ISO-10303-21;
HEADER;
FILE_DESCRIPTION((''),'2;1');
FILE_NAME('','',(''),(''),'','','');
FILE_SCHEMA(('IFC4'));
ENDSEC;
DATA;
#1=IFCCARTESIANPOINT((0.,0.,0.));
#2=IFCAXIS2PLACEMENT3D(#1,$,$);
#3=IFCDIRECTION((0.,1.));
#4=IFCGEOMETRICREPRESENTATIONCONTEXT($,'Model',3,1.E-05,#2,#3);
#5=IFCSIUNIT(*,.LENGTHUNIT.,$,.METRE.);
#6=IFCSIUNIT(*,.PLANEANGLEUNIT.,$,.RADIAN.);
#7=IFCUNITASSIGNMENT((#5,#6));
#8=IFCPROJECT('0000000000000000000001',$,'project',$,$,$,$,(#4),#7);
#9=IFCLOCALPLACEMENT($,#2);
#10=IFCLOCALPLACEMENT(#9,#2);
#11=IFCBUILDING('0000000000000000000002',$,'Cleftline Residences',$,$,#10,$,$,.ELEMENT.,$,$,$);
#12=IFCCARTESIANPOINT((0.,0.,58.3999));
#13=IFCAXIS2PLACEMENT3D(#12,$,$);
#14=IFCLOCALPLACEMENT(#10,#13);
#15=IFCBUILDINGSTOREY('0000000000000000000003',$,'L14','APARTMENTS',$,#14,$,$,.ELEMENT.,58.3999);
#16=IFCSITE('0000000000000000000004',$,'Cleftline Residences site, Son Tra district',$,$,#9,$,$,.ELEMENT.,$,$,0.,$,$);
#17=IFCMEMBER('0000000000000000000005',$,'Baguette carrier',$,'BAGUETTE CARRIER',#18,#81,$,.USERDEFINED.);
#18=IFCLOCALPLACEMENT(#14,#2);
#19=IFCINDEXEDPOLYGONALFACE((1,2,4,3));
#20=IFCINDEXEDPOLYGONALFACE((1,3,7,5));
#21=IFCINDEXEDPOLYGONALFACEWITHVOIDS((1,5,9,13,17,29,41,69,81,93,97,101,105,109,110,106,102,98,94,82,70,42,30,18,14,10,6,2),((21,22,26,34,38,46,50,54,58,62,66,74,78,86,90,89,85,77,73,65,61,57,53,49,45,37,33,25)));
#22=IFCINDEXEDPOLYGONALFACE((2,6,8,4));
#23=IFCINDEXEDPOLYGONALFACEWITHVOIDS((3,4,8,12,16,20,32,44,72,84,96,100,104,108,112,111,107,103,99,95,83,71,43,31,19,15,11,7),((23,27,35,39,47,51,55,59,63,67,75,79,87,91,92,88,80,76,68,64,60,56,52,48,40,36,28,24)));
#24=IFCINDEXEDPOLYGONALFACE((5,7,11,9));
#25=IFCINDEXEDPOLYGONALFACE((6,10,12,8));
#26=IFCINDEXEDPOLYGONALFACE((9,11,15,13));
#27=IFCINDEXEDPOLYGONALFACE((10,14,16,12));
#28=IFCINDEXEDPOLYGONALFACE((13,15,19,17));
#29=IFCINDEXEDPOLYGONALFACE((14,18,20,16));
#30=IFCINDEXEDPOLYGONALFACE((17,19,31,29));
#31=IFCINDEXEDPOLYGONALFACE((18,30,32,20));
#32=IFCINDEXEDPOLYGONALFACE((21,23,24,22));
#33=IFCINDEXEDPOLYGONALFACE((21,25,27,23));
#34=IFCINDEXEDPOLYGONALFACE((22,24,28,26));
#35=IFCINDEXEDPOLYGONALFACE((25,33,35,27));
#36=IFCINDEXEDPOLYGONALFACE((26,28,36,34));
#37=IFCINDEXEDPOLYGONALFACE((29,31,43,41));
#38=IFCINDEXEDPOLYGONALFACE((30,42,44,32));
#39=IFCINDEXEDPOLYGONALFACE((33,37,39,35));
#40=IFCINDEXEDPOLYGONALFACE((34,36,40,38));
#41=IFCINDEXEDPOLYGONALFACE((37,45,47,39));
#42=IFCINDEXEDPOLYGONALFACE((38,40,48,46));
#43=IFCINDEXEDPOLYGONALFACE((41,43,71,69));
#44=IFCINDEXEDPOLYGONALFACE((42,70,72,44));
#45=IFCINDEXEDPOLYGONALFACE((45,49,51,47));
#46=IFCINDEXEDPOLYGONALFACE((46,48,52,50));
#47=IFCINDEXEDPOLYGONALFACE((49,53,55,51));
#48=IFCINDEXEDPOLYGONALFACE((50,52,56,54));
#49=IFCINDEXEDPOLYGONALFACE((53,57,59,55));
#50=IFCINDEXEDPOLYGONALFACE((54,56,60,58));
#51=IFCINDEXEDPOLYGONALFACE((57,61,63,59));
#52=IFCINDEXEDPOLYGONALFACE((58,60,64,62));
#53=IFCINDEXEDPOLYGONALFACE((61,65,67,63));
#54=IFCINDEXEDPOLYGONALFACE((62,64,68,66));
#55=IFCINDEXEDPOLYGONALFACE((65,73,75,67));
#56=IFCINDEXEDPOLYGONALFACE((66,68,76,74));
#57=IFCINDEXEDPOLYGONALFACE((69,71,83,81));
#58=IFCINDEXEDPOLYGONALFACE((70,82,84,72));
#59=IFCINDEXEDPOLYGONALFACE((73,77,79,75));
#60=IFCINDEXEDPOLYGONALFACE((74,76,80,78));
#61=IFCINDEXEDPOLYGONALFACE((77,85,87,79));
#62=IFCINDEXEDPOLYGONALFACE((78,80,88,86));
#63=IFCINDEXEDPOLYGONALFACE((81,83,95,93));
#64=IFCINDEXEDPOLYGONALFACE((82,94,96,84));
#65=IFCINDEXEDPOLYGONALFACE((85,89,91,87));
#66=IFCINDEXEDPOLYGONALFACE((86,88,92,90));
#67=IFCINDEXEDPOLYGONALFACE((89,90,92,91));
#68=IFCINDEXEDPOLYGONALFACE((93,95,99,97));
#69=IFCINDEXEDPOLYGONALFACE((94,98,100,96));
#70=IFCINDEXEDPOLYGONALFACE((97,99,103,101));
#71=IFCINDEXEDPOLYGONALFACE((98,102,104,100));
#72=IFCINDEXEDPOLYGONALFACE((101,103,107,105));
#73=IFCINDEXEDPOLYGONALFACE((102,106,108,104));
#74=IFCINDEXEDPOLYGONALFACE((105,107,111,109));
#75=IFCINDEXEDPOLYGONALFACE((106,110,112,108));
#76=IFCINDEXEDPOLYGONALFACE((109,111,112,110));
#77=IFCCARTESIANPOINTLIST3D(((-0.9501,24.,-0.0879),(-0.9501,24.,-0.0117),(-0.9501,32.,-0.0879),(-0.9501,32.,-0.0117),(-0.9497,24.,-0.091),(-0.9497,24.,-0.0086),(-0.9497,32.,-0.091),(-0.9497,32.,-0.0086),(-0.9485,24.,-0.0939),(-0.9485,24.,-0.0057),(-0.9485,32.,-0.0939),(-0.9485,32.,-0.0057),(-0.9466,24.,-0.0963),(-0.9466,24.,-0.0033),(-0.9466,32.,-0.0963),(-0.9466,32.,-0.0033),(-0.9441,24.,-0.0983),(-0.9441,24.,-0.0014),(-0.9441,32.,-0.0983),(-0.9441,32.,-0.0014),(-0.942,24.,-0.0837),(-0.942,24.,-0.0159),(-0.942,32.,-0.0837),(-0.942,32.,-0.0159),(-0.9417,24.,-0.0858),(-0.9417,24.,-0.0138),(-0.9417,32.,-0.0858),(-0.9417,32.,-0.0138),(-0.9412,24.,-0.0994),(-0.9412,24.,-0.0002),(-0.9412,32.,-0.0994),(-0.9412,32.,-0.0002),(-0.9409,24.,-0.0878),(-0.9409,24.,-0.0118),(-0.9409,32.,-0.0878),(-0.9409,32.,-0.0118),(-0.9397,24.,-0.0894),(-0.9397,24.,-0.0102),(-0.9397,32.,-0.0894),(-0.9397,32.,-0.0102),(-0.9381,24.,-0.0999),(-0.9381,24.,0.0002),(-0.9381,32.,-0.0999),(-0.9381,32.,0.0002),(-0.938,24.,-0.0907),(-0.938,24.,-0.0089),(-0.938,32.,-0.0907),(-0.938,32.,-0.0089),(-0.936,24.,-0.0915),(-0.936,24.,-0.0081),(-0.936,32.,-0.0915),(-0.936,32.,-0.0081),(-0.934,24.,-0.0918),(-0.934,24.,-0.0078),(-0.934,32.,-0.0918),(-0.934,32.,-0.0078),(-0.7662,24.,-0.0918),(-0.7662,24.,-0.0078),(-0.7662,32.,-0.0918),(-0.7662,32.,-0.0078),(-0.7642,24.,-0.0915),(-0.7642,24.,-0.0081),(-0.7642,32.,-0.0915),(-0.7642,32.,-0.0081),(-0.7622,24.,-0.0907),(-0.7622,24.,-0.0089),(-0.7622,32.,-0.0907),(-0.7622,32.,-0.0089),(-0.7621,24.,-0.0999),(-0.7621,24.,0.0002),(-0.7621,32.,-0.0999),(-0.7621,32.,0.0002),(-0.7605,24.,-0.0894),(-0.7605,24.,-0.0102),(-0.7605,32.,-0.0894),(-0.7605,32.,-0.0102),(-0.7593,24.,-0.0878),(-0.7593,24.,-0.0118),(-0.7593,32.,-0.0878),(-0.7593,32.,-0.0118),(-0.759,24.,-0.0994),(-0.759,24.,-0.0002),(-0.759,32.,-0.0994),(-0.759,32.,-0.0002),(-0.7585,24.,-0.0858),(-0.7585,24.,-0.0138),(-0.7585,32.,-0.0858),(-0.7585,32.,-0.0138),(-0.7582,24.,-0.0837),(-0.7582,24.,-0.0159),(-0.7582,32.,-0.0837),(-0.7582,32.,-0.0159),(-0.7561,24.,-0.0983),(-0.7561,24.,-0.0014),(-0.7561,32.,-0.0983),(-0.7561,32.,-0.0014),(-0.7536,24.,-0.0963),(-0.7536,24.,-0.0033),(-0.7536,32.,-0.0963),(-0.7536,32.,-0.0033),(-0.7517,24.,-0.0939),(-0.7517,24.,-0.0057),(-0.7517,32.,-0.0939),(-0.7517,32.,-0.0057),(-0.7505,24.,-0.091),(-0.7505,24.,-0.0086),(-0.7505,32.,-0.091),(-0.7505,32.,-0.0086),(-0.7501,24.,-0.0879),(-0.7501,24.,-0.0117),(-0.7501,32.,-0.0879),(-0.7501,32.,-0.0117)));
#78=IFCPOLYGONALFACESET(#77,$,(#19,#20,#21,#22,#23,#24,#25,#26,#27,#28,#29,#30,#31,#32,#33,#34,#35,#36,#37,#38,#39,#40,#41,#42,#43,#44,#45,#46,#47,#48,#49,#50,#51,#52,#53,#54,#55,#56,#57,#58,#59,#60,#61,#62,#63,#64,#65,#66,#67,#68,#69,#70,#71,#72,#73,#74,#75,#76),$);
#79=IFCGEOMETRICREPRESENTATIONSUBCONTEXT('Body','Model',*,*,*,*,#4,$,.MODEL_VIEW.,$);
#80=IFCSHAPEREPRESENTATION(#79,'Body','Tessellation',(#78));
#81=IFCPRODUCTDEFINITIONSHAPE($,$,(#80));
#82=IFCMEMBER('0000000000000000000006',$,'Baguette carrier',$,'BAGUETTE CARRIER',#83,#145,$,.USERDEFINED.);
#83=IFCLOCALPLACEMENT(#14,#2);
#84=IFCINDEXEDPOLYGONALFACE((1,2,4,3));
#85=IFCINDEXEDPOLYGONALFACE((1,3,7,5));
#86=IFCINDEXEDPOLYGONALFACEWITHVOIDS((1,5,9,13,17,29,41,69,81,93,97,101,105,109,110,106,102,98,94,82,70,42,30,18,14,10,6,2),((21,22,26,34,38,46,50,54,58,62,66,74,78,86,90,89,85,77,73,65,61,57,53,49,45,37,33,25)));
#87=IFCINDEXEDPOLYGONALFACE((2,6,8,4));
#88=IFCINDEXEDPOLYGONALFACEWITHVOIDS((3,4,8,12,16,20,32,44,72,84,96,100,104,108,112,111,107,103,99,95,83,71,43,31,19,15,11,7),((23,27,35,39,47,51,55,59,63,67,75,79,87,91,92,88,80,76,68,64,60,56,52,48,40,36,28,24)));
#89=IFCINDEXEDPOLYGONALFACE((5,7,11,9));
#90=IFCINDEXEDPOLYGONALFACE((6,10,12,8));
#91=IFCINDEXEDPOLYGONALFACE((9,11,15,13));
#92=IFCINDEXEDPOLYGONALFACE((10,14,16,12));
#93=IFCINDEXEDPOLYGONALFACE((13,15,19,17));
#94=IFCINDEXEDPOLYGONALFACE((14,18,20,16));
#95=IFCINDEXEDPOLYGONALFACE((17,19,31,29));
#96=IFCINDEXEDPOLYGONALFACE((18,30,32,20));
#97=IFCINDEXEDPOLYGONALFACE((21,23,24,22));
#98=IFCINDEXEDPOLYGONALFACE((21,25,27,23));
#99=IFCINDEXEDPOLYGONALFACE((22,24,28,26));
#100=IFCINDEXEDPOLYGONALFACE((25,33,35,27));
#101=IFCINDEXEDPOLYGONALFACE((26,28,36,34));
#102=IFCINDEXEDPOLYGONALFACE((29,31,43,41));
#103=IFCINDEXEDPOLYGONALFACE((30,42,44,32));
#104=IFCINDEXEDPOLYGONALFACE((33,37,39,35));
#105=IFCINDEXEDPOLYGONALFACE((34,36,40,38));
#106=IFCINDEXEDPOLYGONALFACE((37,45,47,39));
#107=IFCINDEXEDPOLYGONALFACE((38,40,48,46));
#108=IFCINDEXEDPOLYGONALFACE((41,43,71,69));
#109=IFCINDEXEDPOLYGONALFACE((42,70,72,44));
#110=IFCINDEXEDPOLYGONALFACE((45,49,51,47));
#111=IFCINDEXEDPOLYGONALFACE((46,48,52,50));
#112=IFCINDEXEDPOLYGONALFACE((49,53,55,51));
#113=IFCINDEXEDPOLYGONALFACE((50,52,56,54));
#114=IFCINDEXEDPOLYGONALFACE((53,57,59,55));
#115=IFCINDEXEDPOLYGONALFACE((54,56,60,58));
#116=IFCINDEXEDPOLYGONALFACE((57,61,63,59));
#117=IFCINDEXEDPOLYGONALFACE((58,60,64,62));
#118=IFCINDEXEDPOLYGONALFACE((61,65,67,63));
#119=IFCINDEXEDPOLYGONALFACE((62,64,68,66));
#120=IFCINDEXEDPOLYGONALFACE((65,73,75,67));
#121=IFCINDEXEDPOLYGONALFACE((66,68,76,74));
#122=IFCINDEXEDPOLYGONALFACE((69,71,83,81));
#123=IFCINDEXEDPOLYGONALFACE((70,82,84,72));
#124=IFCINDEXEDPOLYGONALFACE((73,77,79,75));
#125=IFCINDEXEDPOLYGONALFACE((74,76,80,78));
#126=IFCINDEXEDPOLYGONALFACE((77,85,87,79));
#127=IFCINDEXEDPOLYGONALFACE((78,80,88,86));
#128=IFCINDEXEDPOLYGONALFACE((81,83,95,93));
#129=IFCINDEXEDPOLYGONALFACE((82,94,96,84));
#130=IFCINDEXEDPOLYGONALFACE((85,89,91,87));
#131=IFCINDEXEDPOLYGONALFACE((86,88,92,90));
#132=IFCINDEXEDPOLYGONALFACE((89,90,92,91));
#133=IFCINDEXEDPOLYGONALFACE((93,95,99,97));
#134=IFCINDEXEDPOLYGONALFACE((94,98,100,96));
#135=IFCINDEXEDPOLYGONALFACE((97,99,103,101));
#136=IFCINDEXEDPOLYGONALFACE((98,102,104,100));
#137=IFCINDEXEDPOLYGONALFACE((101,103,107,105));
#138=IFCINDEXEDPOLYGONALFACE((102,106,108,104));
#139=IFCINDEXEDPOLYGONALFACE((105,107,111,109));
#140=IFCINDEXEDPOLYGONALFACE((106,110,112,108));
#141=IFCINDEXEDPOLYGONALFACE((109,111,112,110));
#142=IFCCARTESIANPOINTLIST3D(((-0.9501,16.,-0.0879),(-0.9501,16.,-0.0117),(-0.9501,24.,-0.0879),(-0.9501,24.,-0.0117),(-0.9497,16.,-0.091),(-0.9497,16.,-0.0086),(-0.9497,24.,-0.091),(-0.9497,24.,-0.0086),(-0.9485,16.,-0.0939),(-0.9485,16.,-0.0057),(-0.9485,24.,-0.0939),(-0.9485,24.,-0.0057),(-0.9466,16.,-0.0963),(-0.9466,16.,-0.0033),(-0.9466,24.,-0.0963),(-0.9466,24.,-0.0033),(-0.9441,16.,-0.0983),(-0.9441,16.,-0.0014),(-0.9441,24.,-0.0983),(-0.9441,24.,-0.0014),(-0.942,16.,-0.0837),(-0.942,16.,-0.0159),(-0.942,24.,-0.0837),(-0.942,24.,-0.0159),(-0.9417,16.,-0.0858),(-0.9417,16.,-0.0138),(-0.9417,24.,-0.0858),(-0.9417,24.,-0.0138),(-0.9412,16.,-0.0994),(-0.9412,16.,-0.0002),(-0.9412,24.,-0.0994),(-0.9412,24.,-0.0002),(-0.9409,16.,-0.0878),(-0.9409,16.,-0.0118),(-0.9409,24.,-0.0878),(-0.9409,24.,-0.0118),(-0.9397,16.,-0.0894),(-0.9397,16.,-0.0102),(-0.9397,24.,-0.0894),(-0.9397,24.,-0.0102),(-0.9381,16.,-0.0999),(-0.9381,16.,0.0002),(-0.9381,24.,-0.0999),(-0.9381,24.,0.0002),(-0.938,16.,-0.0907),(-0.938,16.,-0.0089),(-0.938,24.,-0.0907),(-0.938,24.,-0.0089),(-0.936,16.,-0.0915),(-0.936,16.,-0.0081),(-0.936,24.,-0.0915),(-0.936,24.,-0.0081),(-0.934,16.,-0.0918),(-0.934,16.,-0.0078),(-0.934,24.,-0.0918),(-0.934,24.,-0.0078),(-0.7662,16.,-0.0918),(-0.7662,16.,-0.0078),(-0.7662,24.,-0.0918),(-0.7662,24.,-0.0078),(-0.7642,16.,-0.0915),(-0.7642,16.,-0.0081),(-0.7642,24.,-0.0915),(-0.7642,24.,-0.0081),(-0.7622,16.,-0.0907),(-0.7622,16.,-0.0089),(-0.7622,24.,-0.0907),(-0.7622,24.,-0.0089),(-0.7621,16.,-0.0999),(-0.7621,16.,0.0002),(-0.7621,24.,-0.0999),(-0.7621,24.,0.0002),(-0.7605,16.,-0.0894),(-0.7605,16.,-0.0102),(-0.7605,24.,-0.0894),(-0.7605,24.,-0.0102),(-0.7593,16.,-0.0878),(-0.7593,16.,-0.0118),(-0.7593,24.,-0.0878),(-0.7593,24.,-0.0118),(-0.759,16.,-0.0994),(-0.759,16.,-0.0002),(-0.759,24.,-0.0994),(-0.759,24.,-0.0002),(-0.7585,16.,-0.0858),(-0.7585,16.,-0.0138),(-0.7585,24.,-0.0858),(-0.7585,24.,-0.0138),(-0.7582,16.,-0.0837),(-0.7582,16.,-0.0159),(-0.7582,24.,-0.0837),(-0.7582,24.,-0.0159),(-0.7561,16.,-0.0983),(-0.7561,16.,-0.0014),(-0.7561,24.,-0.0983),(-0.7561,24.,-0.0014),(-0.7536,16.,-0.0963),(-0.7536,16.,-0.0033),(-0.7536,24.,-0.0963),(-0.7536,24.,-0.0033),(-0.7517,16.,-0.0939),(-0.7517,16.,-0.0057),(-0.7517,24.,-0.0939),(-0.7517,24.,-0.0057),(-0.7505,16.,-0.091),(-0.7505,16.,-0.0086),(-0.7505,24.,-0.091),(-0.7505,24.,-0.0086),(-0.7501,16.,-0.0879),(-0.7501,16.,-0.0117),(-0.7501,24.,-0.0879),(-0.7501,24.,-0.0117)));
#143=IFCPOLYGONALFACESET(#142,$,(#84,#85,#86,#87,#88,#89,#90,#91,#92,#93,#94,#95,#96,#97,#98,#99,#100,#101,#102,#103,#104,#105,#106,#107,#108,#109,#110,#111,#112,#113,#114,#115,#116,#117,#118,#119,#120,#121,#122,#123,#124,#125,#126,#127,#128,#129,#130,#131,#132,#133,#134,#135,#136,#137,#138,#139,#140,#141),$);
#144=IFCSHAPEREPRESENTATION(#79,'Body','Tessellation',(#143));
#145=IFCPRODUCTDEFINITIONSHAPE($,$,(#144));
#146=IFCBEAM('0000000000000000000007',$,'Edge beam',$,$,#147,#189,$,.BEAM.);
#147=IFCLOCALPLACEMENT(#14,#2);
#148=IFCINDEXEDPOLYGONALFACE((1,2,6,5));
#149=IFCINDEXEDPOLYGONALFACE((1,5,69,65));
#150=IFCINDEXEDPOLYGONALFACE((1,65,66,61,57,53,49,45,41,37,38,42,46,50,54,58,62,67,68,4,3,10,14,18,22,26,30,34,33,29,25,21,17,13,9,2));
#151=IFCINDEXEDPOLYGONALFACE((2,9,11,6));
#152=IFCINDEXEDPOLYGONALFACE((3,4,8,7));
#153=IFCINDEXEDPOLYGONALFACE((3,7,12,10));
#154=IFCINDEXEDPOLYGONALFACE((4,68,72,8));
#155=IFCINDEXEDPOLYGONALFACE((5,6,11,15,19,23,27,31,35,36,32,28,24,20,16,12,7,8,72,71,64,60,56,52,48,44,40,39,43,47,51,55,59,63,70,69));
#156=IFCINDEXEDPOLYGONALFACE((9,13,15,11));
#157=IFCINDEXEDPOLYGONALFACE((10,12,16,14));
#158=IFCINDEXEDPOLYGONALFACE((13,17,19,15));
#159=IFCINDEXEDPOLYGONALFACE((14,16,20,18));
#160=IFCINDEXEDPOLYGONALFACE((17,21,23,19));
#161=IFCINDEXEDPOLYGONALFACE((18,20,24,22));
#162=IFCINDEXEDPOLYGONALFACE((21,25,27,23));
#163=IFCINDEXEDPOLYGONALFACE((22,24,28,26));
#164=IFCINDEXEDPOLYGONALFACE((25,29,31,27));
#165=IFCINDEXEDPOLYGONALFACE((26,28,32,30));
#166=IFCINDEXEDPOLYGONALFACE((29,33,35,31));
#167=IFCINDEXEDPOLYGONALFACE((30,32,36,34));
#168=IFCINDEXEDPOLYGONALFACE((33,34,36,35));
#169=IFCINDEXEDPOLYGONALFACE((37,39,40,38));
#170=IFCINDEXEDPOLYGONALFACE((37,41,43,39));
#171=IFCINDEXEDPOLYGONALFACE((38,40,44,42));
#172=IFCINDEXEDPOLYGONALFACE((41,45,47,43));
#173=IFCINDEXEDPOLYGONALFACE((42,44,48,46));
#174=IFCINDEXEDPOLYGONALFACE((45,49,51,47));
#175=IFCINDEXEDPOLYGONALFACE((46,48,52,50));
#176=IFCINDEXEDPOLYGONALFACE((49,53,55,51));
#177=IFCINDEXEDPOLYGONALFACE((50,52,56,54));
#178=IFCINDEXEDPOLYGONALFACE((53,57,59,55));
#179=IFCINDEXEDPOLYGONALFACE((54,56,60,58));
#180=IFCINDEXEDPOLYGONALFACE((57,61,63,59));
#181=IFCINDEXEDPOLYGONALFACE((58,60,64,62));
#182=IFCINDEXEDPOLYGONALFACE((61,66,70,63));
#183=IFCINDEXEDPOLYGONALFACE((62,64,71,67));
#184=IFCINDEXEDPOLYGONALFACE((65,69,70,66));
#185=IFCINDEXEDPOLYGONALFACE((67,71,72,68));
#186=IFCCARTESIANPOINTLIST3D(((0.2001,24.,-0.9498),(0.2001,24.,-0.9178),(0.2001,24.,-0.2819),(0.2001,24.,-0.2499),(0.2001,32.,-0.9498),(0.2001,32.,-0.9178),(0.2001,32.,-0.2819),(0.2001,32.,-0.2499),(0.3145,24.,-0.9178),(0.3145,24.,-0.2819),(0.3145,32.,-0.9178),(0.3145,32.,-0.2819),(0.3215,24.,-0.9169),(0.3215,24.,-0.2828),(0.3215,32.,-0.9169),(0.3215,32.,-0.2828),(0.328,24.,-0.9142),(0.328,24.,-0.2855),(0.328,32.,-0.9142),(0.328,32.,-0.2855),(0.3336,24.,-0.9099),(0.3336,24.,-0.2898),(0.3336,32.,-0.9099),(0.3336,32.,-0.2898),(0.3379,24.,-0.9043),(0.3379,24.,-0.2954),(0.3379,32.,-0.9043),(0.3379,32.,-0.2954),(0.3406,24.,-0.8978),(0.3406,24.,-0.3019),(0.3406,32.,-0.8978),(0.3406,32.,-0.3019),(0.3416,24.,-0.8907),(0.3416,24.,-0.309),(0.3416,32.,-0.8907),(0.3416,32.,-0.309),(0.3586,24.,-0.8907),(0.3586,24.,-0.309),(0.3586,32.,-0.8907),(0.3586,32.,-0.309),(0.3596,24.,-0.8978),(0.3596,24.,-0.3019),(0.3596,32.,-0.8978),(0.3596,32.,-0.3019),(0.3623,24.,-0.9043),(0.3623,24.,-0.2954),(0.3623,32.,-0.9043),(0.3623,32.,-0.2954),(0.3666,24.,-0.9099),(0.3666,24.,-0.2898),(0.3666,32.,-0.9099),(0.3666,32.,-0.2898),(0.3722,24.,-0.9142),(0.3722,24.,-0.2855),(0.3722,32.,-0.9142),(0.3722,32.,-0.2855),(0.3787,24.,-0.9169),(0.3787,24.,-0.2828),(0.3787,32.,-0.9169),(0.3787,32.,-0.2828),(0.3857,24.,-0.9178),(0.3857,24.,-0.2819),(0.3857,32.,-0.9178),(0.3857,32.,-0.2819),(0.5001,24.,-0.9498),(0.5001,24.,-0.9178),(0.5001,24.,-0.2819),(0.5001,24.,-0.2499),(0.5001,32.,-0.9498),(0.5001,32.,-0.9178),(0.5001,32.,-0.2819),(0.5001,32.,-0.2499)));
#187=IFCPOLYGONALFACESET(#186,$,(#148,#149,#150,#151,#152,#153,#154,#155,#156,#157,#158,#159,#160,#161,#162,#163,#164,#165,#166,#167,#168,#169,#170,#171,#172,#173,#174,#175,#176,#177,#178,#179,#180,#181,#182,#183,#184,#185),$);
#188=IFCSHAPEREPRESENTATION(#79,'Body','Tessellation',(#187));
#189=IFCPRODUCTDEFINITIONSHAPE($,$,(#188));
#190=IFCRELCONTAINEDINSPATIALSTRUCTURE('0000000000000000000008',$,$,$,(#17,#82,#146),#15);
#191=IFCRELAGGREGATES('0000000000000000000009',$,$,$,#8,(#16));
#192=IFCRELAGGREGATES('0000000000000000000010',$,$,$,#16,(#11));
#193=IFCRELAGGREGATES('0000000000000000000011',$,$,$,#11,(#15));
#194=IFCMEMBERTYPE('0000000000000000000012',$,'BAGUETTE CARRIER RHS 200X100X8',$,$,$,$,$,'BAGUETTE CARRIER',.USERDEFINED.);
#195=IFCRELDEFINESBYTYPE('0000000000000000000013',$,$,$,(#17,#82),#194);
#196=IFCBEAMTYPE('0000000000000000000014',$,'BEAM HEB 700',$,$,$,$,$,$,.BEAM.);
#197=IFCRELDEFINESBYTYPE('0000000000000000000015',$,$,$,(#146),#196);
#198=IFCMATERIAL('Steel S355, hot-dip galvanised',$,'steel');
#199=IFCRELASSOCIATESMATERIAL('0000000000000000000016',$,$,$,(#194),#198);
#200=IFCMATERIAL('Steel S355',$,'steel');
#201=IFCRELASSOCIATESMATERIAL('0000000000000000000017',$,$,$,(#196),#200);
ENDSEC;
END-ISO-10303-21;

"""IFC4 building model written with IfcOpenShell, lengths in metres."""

from ifc_helpers import new_model, si_unit, direction, frame, origin, origin_2d, place, context, subcontext, project, spatial, hollow_rectangle, i_section, extrude, material, material_profile, profile_set, type_object, element, save


model = new_model("IFC4")

# Units and contexts
model_context = context("Model", 3, precision=1e-05, world=origin(), true_north=direction((0.0, 1.0)))
body_context = subcontext(model_context, "Body", "Model", "MODEL_VIEW")
ifc_project = project(units=[si_unit("LENGTHUNIT", "METRE"), si_unit("PLANEANGLEUNIT", "RADIAN")], contexts=[model_context])

# Site, building, storey
site_placement = place(None, origin())
site = spatial("IfcSite", under=ifc_project, at=site_placement, Name="Cleftline Residences site, Son Tra district", CompositionType="ELEMENT", RefElevation=0.0)
building_placement = place(site_placement, origin())
building = spatial("IfcBuilding", under=site, at=building_placement, Name="Cleftline Residences", CompositionType="ELEMENT")
storey_placement = place(building_placement, frame((0.0, 0.0, 58.3999)))
storey = spatial("IfcBuildingStorey", under=building, at=storey_placement, Name="L14", Description="APARTMENTS", CompositionType="ELEMENT", Elevation=58.3999)

# Members
ifc_material_1 = material(Name="Steel S355, hot-dip galvanised", Category="steel")
ifc_material_profile_1 = material_profile(ifc_material_1, hollow_rectangle(XDim=0.1001, YDim=0.2, WallThickness=0.0081, InnerFilletRadius=0.0081, OuterFilletRadius=0.012, at=origin_2d()))
ifc_profile_set_1 = profile_set([ifc_material_profile_1], Name="Steel S355, hot-dip galvanised")
member_type_1 = type_object("IfcMemberType", Name="BAGUETTE CARRIER RHS 200X100X8", ElementType="BAGUETTE CARRIER", PredefinedType="USERDEFINED", material=ifc_profile_set_1)
for number, where, z_axis, x_axis, name in (
    (1, (-0.8501, 32.0, -0.0498), (0.0, -1.0, 0.0), (0.0, 0.0, 1.0), "Baguette carrier"),
    (2, (-0.8501, 24.0, -0.0498), (0.0, -1.0, 0.0), (0.0, 0.0, 1.0), "Baguette carrier"),
):
    element("IfcMember", number, at=place(storey_placement, frame(where, z_axis=z_axis, x_axis=x_axis)), inside=storey, type_object=member_type_1, Name=name, ObjectType="BAGUETTE CARRIER", PredefinedType="USERDEFINED", context=body_context, shape_type="SweptSolid", body=[
        extrude(hollow_rectangle(XDim=0.1001, YDim=0.2, WallThickness=0.0081, InnerFilletRadius=0.0081, OuterFilletRadius=0.012, at=origin_2d()), origin(), (0.0, 0.0, 1.0), 8.0),
    ])

# Beam
ifc_material_2 = material(Name="Steel S355", Category="steel")
ifc_material_profile_2 = material_profile(ifc_material_2, i_section(OverallWidth=0.3, OverallDepth=0.7, WebThickness=0.0171, FlangeThickness=0.032, FilletRadius=0.0271, at=origin_2d()))
ifc_profile_set_2 = profile_set([ifc_material_profile_2], Name="Steel S355")
beam_type_1 = type_object("IfcBeamType", Name="BEAM HEB 700", PredefinedType="BEAM", material=ifc_profile_set_2)
for number, where, z_axis, x_axis, name in (
    (3, (0.3501, 24.0, -0.5999), (0.0, 1.0, 0.0), (-1.0, 0.0, 0.0), "Edge beam"),
):
    element("IfcBeam", number, at=place(storey_placement, frame(where, z_axis=z_axis, x_axis=x_axis)), inside=storey, type_object=beam_type_1, Name=name, PredefinedType="BEAM", context=body_context, shape_type="SweptSolid", body=[
        extrude(i_section(OverallWidth=0.3, OverallDepth=0.7, WebThickness=0.0171, FlangeThickness=0.032, FilletRadius=0.0271, at=origin_2d()), origin(), (0.0, 0.0, 1.0), 8.0),
    ])

save(model, "model.ifc")
